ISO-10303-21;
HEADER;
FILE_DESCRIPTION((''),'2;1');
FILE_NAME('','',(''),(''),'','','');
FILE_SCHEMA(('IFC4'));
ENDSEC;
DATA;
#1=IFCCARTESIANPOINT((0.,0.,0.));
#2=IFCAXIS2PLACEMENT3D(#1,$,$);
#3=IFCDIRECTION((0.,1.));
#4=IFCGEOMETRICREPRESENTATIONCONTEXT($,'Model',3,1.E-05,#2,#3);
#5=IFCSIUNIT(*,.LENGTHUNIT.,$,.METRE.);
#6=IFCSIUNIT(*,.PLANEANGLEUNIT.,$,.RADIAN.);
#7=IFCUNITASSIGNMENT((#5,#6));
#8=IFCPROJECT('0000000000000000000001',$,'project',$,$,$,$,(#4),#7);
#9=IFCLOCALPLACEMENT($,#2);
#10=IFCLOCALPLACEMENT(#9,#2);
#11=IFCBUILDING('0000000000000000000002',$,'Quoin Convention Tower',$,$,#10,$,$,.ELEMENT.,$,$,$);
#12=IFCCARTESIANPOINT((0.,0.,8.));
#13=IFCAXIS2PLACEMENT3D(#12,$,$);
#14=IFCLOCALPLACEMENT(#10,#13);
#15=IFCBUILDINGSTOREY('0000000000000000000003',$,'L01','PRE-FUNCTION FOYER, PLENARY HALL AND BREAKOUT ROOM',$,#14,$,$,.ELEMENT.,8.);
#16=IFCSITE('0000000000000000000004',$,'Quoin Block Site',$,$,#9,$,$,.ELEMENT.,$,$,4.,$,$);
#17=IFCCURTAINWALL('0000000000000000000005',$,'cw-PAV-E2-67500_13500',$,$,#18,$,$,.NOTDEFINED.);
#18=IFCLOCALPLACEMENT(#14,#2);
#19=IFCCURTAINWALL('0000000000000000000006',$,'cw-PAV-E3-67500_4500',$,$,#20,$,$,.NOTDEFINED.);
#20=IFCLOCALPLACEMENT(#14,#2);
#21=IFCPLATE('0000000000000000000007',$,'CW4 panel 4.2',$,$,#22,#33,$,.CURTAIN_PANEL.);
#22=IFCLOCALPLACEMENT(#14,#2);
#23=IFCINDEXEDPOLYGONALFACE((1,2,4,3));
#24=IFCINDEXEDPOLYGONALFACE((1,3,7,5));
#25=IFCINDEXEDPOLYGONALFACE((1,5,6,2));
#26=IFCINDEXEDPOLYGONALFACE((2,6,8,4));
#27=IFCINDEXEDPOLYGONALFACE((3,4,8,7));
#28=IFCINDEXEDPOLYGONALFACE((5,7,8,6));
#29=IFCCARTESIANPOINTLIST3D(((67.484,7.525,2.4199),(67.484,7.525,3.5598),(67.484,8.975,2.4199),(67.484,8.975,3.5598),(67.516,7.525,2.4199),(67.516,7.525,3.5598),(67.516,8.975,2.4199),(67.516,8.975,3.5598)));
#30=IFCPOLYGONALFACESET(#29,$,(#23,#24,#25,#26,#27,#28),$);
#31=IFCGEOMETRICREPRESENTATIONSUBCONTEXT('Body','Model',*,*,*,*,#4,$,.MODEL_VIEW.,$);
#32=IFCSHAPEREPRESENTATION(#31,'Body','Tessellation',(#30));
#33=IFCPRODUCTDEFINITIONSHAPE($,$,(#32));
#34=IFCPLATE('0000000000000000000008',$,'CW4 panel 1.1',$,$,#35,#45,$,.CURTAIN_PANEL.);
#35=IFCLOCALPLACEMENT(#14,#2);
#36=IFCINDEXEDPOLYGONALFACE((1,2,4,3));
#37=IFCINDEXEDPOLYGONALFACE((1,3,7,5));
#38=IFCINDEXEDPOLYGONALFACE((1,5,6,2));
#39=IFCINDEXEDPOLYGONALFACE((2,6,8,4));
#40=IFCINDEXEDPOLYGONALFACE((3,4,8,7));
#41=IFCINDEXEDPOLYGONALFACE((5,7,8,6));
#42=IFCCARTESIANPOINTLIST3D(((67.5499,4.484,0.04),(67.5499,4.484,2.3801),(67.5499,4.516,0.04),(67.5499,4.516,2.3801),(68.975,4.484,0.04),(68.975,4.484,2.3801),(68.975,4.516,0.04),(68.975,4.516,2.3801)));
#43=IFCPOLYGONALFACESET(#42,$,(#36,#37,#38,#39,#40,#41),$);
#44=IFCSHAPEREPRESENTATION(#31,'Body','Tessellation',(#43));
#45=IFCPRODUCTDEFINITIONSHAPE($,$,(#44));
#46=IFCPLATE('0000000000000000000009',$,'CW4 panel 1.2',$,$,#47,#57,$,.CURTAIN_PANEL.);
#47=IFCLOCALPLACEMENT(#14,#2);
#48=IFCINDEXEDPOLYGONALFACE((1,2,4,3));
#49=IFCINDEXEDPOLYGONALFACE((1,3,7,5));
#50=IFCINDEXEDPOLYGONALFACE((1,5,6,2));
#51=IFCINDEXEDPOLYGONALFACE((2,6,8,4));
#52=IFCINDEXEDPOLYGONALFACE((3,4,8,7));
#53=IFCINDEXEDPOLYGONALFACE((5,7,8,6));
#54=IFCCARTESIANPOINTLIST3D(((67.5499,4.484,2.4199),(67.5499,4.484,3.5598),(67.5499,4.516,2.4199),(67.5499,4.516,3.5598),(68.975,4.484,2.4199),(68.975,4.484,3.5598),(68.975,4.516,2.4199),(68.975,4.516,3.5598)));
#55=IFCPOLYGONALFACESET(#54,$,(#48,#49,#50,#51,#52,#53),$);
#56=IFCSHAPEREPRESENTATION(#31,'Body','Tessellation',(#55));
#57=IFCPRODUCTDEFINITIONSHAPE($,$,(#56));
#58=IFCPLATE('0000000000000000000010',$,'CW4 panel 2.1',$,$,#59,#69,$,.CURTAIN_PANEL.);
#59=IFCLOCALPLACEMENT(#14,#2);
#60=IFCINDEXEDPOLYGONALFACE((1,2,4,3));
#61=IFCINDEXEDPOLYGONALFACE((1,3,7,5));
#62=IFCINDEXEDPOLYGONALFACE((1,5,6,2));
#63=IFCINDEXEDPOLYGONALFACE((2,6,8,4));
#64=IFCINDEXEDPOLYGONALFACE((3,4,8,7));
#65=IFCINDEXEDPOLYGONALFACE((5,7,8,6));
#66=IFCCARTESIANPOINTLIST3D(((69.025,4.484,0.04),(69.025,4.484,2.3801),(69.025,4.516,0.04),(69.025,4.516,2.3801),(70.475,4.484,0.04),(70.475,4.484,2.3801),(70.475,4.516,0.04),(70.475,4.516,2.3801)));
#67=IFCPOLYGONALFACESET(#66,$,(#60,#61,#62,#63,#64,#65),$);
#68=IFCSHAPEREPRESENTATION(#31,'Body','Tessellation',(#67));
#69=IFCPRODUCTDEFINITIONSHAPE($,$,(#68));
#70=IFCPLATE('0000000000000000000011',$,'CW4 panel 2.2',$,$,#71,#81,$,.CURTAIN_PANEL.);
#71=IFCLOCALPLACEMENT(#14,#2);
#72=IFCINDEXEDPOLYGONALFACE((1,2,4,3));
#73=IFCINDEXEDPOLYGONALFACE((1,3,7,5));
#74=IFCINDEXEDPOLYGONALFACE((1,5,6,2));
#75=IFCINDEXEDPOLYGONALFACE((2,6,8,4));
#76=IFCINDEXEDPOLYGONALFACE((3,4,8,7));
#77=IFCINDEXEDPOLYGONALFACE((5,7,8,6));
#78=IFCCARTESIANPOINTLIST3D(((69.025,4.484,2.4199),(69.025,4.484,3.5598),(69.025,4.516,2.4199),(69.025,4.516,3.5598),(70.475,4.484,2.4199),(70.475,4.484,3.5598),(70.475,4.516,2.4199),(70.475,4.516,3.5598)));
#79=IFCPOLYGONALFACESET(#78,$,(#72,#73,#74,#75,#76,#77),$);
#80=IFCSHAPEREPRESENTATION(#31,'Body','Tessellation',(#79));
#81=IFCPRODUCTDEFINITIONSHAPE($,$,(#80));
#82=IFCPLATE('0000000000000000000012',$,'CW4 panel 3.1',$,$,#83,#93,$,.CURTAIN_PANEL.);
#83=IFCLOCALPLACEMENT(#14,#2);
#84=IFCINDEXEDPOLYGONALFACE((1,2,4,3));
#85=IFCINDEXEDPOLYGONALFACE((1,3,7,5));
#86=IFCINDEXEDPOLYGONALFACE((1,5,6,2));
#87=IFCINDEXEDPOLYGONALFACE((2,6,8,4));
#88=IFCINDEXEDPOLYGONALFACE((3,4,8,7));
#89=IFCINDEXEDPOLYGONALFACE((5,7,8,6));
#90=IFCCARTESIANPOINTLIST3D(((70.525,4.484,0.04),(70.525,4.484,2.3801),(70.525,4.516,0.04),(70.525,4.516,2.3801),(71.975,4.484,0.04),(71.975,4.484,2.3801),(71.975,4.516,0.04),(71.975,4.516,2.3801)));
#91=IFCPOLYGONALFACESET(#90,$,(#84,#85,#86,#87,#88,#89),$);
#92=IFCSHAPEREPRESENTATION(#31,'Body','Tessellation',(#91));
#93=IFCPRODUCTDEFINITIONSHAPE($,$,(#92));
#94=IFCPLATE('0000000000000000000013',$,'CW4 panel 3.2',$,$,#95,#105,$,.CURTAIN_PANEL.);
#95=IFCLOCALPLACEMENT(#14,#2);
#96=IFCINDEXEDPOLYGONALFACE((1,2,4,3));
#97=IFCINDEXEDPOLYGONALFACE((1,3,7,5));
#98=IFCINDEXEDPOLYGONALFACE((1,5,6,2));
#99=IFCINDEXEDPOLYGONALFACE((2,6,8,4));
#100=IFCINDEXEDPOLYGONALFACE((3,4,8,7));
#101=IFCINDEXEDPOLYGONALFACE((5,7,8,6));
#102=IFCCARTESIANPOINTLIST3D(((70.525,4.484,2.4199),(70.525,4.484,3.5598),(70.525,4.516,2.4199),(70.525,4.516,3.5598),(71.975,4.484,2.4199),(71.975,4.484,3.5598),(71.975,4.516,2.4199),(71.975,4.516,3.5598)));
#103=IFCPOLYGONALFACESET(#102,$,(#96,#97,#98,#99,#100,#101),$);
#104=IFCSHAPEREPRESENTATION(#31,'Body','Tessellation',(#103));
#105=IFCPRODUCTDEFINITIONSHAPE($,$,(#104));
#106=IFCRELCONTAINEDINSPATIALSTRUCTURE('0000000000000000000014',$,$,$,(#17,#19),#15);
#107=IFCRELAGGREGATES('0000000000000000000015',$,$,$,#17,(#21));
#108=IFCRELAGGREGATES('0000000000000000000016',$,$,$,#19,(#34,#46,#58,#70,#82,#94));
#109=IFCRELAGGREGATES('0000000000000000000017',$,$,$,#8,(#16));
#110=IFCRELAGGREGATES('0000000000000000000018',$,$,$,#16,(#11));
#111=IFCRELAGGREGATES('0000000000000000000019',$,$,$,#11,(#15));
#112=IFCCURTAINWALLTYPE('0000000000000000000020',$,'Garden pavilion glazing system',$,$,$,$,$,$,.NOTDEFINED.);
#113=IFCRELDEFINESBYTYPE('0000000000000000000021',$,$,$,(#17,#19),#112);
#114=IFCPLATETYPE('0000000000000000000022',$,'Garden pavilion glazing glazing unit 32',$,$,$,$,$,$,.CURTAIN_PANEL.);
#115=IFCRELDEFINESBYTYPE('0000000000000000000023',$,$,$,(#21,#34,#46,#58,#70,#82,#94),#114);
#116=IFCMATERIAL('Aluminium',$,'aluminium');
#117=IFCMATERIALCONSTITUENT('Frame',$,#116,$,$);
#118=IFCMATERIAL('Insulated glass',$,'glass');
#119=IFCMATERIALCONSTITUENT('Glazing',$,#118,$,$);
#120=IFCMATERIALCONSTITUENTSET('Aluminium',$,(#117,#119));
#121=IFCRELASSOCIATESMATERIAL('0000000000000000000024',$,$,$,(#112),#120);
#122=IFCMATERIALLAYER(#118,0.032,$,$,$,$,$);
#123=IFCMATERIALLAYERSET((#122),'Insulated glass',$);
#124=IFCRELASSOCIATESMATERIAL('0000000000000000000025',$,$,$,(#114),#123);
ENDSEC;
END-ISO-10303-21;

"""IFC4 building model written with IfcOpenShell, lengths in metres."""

from ifc_helpers import new_model, si_unit, direction, frame, origin, origin_2d, place, context, subcontext, project, spatial, rectangle, extrude, material, layer, layer_set, constituent, constituent_set, type_object, element, aggregate, save


model = new_model("IFC4")

# Units and contexts
model_context = context("Model", 3, precision=1e-05, world=origin(), true_north=direction((0.0, 1.0)))
body_context = subcontext(model_context, "Body", "Model", "MODEL_VIEW")
ifc_project = project(units=[si_unit("LENGTHUNIT", "METRE"), si_unit("PLANEANGLEUNIT", "RADIAN")], contexts=[model_context])

# Site, building, storey
site_placement = place(None, origin())
site = spatial("IfcSite", under=ifc_project, at=site_placement, Name="Quoin Block Site", CompositionType="ELEMENT", RefElevation=4.0)
building_placement = place(site_placement, origin())
building = spatial("IfcBuilding", under=site, at=building_placement, Name="Quoin Convention Tower", CompositionType="ELEMENT")
storey_placement = place(building_placement, frame((0.0, 0.0, 8.0)))
storey = spatial("IfcBuildingStorey", under=building, at=storey_placement, Name="L01", Description="PRE-FUNCTION FOYER, PLENARY HALL AND BREAKOUT ROOM", CompositionType="ELEMENT", Elevation=8.0)

# Curtain walls
ifc_material_1 = material(Name="Aluminium", Category="aluminium")
ifc_constituent_1 = constituent(ifc_material_1, Name="Frame")
ifc_material_2 = material(Name="Insulated glass", Category="glass")
ifc_constituent_2 = constituent(ifc_material_2, Name="Glazing")
ifc_constituent_set = constituent_set(constituents=[ifc_constituent_1, ifc_constituent_2], Name="Aluminium")
curtain_wall_type = type_object("IfcCurtainWallType", Name="Garden pavilion glazing system", PredefinedType="NOTDEFINED", material=ifc_constituent_set)
curtain_wall_1_placement = place(storey_placement, origin())
curtain_wall_1 = element("IfcCurtainWall", 1, at=curtain_wall_1_placement, inside=storey, type_object=curtain_wall_type, Name="cw-PAV-E2-67500_13500", PredefinedType="NOTDEFINED")
curtain_wall_2_placement = place(storey_placement, origin())
curtain_wall_2 = element("IfcCurtainWall", 2, at=curtain_wall_2_placement, inside=storey, type_object=curtain_wall_type, Name="cw-PAV-E3-67500_4500", PredefinedType="NOTDEFINED")

# Plates
ifc_layer = layer(ifc_material_2, 0.032)
ifc_layer_set = layer_set([ifc_layer], Name="Insulated glass")
plate_type = type_object("IfcPlateType", Name="Garden pavilion glazing glazing unit 32", PredefinedType="CURTAIN_PANEL", material=ifc_layer_set)
plate_1_placement = place(storey_placement, frame((67.5, 8.25, 2.4199), z_axis=(0.0, 0.0, 1.0), x_axis=(0.0, -1.0, 0.0)))
plate_1 = element("IfcPlate", 3, at=plate_1_placement, type_object=plate_type, Name="CW4 panel 4.2", PredefinedType="CURTAIN_PANEL", context=body_context, shape_type="SweptSolid", body=[
    extrude(rectangle(XDim=1.45, YDim=0.032, at=origin_2d()), origin(), (0.0, 0.0, 1.0), 1.1399),
])
aggregate(curtain_wall_1, [plate_1])
plate_2_placement = place(storey_placement, frame((68.2625, 4.5, 0.04), z_axis=(0.0, 0.0, 1.0), x_axis=(1.0, 0.0, 0.0)))
plate_2 = element("IfcPlate", 4, at=plate_2_placement, type_object=plate_type, Name="CW4 panel 1.1", PredefinedType="CURTAIN_PANEL", context=body_context, shape_type="SweptSolid", body=[
    extrude(rectangle(XDim=1.425, YDim=0.032, at=origin_2d()), origin(), (0.0, 0.0, 1.0), 2.3401),
])
plate_3_placement = place(storey_placement, frame((68.2625, 4.5, 2.4199), z_axis=(0.0, 0.0, 1.0), x_axis=(1.0, 0.0, 0.0)))
plate_3 = element("IfcPlate", 5, at=plate_3_placement, type_object=plate_type, Name="CW4 panel 1.2", PredefinedType="CURTAIN_PANEL", context=body_context, shape_type="SweptSolid", body=[
    extrude(rectangle(XDim=1.425, YDim=0.032, at=origin_2d()), origin(), (0.0, 0.0, 1.0), 1.1399),
])
plate_4_placement = place(storey_placement, frame((69.75, 4.5, 0.04), z_axis=(0.0, 0.0, 1.0), x_axis=(1.0, 0.0, 0.0)))
plate_4 = element("IfcPlate", 6, at=plate_4_placement, type_object=plate_type, Name="CW4 panel 2.1", PredefinedType="CURTAIN_PANEL", context=body_context, shape_type="SweptSolid", body=[
    extrude(rectangle(XDim=1.45, YDim=0.032, at=origin_2d()), origin(), (0.0, 0.0, 1.0), 2.3401),
])
plate_5_placement = place(storey_placement, frame((69.75, 4.5, 2.4199), z_axis=(0.0, 0.0, 1.0), x_axis=(1.0, 0.0, 0.0)))
plate_5 = element("IfcPlate", 7, at=plate_5_placement, type_object=plate_type, Name="CW4 panel 2.2", PredefinedType="CURTAIN_PANEL", context=body_context, shape_type="SweptSolid", body=[
    extrude(rectangle(XDim=1.45, YDim=0.032, at=origin_2d()), origin(), (0.0, 0.0, 1.0), 1.1399),
])
plate_6_placement = place(storey_placement, frame((71.25, 4.5, 0.04), z_axis=(0.0, 0.0, 1.0), x_axis=(1.0, 0.0, 0.0)))
plate_6 = element("IfcPlate", 8, at=plate_6_placement, type_object=plate_type, Name="CW4 panel 3.1", PredefinedType="CURTAIN_PANEL", context=body_context, shape_type="SweptSolid", body=[
    extrude(rectangle(XDim=1.45, YDim=0.032, at=origin_2d()), origin(), (0.0, 0.0, 1.0), 2.3401),
])
plate_7_placement = place(storey_placement, frame((71.25, 4.5, 2.4199), z_axis=(0.0, 0.0, 1.0), x_axis=(1.0, 0.0, 0.0)))
plate_7 = element("IfcPlate", 9, at=plate_7_placement, type_object=plate_type, Name="CW4 panel 3.2", PredefinedType="CURTAIN_PANEL", context=body_context, shape_type="SweptSolid", body=[
    extrude(rectangle(XDim=1.45, YDim=0.032, at=origin_2d()), origin(), (0.0, 0.0, 1.0), 1.1399),
])
aggregate(curtain_wall_2, [plate_2, plate_3, plate_4, plate_5, plate_6, plate_7])

save(model, "model.ifc")
